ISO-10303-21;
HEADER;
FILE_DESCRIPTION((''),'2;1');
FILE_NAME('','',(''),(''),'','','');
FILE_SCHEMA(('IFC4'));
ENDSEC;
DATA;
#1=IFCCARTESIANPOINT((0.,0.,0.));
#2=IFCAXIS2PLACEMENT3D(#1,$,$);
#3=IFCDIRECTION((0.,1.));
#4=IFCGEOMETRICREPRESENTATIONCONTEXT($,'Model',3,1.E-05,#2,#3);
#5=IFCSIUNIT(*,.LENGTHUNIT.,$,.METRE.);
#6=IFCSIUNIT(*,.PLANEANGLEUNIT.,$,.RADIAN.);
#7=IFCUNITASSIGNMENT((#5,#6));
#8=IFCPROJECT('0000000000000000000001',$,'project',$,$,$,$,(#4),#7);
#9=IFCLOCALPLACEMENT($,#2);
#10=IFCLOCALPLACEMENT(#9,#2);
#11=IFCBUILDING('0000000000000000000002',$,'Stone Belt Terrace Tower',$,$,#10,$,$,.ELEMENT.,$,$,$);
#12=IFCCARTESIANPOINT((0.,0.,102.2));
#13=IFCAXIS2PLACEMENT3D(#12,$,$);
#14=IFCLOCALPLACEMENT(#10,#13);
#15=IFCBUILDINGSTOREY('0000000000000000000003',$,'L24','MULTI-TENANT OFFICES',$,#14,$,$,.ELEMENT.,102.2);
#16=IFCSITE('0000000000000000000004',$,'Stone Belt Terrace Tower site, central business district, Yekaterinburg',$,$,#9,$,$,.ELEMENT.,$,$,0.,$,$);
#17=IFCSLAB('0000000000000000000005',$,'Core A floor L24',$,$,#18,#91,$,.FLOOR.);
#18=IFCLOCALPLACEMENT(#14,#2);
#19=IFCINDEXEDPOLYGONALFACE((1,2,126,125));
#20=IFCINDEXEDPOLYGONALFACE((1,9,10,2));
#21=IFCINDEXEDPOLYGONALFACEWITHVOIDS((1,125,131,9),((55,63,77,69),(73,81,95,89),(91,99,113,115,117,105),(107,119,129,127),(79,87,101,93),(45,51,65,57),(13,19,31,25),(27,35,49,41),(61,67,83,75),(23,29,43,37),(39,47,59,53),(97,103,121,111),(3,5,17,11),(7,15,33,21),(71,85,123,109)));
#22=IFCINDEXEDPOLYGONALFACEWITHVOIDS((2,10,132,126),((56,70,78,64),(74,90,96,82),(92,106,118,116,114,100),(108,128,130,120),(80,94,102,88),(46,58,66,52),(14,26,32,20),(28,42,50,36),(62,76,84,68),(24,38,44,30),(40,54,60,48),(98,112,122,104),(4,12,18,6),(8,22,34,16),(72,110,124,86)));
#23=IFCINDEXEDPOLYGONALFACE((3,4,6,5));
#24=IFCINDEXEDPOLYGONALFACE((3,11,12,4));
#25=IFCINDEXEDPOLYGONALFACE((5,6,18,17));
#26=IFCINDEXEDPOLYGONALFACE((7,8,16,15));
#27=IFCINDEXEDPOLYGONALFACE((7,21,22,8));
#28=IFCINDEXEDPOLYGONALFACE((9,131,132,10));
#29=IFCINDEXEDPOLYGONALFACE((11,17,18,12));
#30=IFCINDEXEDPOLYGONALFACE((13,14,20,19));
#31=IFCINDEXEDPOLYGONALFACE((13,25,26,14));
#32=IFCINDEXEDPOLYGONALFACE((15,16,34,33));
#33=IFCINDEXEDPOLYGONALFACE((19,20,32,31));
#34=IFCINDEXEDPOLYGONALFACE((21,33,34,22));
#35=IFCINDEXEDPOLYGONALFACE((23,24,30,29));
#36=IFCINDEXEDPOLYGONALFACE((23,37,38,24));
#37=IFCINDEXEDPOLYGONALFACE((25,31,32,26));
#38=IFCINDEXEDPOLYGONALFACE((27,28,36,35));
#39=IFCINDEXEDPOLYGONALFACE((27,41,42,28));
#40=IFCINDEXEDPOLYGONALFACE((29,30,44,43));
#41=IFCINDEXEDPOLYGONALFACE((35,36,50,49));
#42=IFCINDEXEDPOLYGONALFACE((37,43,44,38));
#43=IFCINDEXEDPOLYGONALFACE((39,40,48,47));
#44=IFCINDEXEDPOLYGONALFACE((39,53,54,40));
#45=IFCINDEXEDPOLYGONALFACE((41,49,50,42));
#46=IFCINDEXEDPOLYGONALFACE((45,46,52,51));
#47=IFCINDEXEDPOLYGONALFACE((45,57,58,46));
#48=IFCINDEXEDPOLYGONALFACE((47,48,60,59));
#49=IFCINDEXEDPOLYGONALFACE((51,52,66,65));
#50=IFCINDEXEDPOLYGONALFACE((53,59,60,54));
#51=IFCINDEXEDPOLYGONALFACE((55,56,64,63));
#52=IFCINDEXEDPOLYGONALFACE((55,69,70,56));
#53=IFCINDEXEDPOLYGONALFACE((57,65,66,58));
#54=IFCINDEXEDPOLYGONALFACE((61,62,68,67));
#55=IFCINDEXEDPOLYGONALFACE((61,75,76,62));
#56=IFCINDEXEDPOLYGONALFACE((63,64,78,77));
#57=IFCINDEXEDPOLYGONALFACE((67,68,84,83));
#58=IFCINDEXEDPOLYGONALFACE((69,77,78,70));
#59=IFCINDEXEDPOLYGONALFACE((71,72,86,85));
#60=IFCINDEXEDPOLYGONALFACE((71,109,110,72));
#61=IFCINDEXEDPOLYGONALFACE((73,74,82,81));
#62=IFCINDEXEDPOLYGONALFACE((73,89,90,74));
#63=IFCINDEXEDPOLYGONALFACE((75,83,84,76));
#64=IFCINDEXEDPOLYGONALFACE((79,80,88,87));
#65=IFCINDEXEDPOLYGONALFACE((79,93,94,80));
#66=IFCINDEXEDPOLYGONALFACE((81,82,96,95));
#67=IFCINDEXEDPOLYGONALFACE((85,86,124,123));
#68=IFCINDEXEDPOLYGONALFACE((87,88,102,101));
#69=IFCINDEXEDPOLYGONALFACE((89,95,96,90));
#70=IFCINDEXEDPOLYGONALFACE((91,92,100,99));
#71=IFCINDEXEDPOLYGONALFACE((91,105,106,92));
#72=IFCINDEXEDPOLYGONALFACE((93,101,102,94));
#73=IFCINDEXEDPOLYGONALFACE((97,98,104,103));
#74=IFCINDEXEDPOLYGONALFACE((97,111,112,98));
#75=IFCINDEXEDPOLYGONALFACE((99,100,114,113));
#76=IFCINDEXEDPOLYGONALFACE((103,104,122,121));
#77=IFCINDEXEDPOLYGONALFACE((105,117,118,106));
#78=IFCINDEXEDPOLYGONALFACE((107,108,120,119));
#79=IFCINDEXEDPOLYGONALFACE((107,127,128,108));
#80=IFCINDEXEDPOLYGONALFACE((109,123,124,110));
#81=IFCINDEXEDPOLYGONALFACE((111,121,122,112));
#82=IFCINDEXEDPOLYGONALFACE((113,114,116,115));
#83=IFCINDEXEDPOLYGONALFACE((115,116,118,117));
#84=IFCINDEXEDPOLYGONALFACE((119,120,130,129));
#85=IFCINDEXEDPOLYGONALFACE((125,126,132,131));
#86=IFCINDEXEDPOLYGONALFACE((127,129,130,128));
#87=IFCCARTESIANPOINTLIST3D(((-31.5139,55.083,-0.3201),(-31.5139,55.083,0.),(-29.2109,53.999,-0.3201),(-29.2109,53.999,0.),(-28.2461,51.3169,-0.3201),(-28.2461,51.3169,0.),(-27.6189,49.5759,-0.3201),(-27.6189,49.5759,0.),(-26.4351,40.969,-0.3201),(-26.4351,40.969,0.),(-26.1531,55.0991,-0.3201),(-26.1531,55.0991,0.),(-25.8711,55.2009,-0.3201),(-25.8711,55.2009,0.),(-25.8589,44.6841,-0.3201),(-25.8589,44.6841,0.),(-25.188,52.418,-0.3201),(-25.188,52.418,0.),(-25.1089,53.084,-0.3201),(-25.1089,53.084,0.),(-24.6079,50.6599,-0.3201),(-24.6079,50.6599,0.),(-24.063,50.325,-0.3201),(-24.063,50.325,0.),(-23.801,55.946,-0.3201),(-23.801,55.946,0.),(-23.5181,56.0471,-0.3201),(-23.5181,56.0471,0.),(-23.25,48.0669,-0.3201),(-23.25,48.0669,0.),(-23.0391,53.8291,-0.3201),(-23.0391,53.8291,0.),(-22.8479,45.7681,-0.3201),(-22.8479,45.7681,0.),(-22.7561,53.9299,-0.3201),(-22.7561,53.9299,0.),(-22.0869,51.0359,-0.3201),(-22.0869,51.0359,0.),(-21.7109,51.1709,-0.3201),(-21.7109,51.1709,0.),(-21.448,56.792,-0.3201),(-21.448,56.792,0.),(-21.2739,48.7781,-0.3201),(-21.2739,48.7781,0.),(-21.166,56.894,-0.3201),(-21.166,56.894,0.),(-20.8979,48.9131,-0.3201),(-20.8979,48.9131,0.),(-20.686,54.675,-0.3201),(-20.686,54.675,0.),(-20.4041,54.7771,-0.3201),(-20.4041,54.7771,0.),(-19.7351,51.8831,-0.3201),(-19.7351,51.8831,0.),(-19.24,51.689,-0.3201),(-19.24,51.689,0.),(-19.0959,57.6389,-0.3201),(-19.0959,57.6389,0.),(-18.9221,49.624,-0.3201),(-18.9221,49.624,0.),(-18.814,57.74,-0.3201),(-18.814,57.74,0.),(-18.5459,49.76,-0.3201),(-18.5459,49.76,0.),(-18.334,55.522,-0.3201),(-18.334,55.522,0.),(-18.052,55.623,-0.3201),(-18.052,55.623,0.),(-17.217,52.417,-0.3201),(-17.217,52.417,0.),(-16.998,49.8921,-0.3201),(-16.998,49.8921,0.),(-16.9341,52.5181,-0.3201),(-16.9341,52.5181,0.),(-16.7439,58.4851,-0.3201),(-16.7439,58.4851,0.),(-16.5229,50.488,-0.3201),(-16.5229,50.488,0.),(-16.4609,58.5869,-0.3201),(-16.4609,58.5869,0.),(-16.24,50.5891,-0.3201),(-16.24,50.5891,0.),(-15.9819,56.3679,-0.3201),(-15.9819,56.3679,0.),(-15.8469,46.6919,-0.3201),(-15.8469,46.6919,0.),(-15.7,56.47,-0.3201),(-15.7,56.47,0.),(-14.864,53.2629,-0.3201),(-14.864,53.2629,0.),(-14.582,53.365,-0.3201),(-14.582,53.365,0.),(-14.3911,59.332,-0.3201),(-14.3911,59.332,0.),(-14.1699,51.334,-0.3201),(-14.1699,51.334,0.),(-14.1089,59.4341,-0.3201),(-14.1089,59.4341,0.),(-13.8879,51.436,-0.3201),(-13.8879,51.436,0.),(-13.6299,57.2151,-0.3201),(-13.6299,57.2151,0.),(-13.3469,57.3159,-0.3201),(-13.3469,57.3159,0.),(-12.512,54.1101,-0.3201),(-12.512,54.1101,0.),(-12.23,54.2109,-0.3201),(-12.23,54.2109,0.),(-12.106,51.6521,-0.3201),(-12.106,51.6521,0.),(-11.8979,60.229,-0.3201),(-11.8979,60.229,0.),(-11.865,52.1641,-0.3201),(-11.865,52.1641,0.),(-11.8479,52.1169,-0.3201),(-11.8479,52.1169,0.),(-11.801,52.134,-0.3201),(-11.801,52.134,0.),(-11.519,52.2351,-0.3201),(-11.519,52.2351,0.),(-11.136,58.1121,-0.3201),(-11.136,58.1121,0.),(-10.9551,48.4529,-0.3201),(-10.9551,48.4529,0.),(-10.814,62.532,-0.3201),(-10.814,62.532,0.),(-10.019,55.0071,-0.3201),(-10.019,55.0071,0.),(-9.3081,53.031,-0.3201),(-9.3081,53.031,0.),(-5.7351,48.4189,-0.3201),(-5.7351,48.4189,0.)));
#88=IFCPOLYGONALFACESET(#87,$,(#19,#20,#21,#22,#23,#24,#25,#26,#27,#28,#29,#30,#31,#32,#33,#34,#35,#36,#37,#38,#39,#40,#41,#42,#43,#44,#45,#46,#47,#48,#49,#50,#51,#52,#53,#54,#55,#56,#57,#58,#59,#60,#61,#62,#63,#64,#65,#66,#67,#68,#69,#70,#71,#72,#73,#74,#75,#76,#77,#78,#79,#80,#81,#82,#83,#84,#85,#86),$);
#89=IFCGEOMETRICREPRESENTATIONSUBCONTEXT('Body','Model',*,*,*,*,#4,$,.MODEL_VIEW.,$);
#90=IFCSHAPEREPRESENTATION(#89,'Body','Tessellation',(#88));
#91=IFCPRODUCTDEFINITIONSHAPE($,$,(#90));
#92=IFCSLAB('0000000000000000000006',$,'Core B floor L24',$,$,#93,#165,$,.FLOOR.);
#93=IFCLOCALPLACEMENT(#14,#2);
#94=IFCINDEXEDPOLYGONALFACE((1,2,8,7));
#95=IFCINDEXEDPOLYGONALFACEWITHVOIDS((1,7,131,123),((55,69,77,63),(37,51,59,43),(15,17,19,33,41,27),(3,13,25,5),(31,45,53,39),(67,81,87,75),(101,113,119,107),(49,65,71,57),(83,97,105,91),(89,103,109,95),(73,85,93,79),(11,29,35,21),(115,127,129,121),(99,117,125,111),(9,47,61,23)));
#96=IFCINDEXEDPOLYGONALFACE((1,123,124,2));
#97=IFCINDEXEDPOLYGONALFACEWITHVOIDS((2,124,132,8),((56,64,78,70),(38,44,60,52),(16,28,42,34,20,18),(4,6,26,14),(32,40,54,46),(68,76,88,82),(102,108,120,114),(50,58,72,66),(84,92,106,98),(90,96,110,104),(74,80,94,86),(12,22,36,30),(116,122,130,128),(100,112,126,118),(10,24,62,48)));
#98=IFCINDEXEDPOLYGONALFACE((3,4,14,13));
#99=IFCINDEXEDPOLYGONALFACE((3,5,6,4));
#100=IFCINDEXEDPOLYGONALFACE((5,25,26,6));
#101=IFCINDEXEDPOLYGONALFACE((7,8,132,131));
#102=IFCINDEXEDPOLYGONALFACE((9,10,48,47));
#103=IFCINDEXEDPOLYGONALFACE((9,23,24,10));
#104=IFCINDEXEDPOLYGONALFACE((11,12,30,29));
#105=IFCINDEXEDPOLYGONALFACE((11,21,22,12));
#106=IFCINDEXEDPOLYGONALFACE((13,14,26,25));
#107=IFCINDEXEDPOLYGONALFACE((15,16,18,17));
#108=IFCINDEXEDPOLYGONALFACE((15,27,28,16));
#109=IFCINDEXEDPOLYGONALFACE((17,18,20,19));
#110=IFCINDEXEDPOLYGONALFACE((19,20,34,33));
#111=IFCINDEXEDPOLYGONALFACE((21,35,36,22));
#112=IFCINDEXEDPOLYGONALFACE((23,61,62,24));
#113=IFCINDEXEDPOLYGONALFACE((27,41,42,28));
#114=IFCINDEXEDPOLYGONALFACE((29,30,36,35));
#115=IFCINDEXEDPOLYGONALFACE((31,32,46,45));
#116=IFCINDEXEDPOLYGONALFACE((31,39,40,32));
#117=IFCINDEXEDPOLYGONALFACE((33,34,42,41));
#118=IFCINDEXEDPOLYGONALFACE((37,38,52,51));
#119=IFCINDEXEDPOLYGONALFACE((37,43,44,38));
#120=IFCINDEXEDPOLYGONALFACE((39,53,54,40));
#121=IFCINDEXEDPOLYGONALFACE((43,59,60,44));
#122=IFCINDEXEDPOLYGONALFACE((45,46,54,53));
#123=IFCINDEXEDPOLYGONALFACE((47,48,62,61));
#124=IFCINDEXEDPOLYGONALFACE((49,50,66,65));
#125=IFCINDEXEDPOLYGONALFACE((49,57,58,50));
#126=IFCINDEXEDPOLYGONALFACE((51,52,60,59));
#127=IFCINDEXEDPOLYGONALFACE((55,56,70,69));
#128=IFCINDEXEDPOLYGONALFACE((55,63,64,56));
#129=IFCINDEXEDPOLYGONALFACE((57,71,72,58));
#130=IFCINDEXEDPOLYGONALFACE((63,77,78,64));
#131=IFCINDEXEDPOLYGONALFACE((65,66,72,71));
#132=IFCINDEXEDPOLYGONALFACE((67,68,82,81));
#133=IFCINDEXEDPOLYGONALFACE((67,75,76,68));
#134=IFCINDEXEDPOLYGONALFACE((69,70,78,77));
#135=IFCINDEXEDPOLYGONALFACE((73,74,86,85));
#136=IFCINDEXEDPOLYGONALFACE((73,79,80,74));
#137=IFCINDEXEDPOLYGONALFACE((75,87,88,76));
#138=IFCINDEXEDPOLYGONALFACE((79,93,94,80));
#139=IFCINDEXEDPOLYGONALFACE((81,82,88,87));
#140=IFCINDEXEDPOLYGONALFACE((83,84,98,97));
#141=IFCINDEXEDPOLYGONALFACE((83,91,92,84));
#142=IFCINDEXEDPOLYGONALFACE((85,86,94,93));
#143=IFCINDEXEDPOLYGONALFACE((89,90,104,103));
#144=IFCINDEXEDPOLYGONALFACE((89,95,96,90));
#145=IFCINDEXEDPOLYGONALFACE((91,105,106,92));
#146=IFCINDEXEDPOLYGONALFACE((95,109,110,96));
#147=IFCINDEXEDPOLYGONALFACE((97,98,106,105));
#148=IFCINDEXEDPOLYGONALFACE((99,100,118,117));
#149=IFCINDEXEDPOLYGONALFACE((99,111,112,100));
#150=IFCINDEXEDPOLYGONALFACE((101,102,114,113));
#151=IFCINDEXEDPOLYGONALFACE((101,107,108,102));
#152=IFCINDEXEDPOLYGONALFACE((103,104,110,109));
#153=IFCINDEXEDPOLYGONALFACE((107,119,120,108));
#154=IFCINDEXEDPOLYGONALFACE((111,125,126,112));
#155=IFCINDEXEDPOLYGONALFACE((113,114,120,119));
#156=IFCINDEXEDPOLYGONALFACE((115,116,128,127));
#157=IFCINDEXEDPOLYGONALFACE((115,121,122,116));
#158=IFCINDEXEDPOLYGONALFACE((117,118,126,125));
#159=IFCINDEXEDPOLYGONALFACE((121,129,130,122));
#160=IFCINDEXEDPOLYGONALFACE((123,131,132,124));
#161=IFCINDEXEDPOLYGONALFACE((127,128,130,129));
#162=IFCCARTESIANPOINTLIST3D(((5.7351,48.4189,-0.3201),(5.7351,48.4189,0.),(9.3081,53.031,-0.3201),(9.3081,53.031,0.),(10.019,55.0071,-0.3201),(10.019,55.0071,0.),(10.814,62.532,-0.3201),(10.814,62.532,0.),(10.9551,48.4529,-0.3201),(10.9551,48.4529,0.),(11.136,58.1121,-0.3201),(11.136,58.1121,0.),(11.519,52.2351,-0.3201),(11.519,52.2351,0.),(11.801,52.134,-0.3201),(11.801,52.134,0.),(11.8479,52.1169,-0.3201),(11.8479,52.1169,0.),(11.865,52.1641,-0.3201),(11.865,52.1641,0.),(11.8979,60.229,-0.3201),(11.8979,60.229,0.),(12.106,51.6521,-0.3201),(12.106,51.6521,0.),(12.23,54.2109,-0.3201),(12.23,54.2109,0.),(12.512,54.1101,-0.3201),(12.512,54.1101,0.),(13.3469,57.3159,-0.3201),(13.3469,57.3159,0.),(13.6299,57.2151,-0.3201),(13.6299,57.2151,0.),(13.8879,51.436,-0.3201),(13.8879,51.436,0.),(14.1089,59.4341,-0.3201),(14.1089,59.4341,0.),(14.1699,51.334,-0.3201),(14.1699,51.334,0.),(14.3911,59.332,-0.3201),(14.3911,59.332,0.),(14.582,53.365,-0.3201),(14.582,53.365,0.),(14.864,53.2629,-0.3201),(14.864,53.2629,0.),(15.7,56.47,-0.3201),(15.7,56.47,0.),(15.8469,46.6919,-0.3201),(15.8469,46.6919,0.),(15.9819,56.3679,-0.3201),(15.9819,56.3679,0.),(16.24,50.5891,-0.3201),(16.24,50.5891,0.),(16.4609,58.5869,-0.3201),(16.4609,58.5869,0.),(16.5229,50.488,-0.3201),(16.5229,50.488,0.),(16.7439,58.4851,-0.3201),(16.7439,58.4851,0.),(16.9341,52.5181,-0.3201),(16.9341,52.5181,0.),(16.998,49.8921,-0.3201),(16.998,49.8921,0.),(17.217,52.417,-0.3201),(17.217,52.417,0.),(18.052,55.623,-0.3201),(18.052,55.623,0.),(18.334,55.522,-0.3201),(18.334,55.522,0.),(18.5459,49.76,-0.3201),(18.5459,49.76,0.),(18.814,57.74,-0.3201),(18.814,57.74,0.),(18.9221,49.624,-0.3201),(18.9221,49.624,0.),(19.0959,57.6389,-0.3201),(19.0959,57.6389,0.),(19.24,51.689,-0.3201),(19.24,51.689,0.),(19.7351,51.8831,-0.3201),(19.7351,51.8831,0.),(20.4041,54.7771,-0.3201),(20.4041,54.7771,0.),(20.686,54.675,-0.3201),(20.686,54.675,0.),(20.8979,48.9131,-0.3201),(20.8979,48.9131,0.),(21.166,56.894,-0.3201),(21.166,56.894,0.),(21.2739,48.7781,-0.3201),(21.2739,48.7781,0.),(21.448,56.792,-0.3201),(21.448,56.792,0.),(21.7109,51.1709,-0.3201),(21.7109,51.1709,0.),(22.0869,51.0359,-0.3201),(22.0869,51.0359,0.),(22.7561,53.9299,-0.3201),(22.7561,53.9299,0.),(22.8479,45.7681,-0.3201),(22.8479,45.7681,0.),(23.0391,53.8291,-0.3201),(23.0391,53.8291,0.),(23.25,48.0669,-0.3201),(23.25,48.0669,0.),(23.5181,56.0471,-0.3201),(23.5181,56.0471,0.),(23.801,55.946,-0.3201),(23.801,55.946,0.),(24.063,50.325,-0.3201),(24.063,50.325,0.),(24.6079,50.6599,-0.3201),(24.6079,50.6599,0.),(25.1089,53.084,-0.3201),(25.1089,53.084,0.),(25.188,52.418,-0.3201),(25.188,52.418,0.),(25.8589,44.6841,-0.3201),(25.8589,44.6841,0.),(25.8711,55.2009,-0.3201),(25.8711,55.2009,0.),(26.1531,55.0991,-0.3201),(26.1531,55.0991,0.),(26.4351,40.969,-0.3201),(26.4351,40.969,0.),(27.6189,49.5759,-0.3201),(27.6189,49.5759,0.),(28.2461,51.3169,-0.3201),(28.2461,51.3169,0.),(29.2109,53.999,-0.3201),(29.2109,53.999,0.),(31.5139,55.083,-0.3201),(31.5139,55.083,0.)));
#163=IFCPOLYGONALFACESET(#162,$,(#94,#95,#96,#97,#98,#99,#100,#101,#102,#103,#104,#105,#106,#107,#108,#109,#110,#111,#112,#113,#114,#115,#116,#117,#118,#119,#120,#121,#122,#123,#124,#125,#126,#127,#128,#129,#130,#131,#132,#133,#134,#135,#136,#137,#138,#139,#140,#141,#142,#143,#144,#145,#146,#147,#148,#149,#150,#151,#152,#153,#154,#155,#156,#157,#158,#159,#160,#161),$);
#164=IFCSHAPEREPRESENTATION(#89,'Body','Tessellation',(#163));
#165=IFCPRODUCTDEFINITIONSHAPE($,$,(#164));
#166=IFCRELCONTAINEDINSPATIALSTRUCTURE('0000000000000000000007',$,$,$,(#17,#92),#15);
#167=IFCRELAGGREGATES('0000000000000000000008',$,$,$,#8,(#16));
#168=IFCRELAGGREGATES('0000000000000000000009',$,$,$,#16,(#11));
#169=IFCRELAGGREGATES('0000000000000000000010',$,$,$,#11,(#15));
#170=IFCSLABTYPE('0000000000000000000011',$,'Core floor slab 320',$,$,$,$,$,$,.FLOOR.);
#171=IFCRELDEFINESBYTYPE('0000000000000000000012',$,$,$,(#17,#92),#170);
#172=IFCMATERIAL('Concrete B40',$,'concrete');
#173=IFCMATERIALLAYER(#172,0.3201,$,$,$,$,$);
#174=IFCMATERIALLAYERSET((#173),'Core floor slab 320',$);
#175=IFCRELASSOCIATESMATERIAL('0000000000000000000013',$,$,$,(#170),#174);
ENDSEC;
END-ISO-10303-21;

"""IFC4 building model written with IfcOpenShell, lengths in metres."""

from ifc_helpers import new_model, si_unit, direction, frame, origin, place, context, subcontext, project, spatial, polyline, outline, extrude, material, layer, layer_set, type_object, element, save


model = new_model("IFC4")

# Units and contexts
model_context = context("Model", 3, precision=1e-05, world=origin(), true_north=direction((0.0, 1.0)))
body_context = subcontext(model_context, "Body", "Model", "MODEL_VIEW")
ifc_project = project(units=[si_unit("LENGTHUNIT", "METRE"), si_unit("PLANEANGLEUNIT", "RADIAN")], contexts=[model_context])

# Site, building, storey
site_placement = place(None, origin())
site = spatial("IfcSite", under=ifc_project, at=site_placement, Name="Stone Belt Terrace Tower site, central business district, Yekaterinburg", CompositionType="ELEMENT", RefElevation=0.0)
building_placement = place(site_placement, origin())
building = spatial("IfcBuilding", under=site, at=building_placement, Name="Stone Belt Terrace Tower", CompositionType="ELEMENT")
storey_placement = place(building_placement, frame((0.0, 0.0, 102.2)))
storey = spatial("IfcBuildingStorey", under=building, at=storey_placement, Name="L24", Description="MULTI-TENANT OFFICES", CompositionType="ELEMENT", Elevation=102.2)

# Slabs
ifc_material_1 = material(Name="Concrete B40", Category="concrete")
ifc_layer_1 = layer(ifc_material_1, 0.3201)
ifc_layer_set_1 = layer_set([ifc_layer_1], Name="Core floor slab 320")
slab_type = type_object("IfcSlabType", Name="Core floor slab 320", PredefinedType="FLOOR", material=ifc_layer_set_1)
slab_1_placement = place(storey_placement, frame((0.0, 0.0, -0.3201)))
element("IfcSlab", 1, at=slab_1_placement, inside=storey, type_object=slab_type, Name="Core A floor L24", PredefinedType="FLOOR", context=body_context, shape_type="SweptSolid", body=[
    extrude(outline(polyline([(-26.4351, 40.969), (-5.7351, 48.4189), (-10.814, 62.532), (-31.5139, 55.083), (-26.4351, 40.969)]), holes=[polyline([(-24.6079, 50.6599), (-22.8479, 45.7681), (-25.8589, 44.6841), (-27.6189, 49.5759), (-24.6079, 50.6599)]), polyline([(-21.2739, 48.7781), (-23.25, 48.0669), (-24.063, 50.325), (-22.0869, 51.0359), (-21.2739, 48.7781)]), polyline([(-18.9221, 49.624), (-20.8979, 48.9131), (-21.7109, 51.1709), (-19.7351, 51.8831), (-18.9221, 49.624)]), polyline([(-19.24, 51.689), (-17.217, 52.417), (-16.5229, 50.488), (-18.5459, 49.76), (-19.24, 51.689)]), polyline([(-29.2109, 53.999), (-26.1531, 55.0991), (-25.188, 52.418), (-28.2461, 51.3169), (-29.2109, 53.999)]), polyline([(-23.801, 55.946), (-23.0391, 53.8291), (-25.1089, 53.084), (-25.8711, 55.2009), (-23.801, 55.946)]), polyline([(-21.448, 56.792), (-20.686, 54.675), (-22.7561, 53.9299), (-23.5181, 56.0471), (-21.448, 56.792)]), polyline([(-19.0959, 57.6389), (-18.334, 55.522), (-20.4041, 54.7771), (-21.166, 56.894), (-19.0959, 57.6389)]), polyline([(-15.8469, 46.6919), (-16.998, 49.8921), (-12.106, 51.6521), (-10.9551, 48.4529), (-15.8469, 46.6919)]), polyline([(-16.24, 50.5891), (-16.9341, 52.5181), (-14.864, 53.2629), (-14.1699, 51.334), (-16.24, 50.5891)]), polyline([(-11.801, 52.134), (-11.8479, 52.1169), (-11.865, 52.1641), (-13.8879, 51.436), (-14.582, 53.365), (-12.512, 54.1101), (-11.801, 52.134)]), polyline([(-9.3081, 53.031), (-11.519, 52.2351), (-12.23, 54.2109), (-10.019, 55.0071), (-9.3081, 53.031)]), polyline([(-16.7439, 58.4851), (-15.9819, 56.3679), (-18.052, 55.623), (-18.814, 57.74), (-16.7439, 58.4851)]), polyline([(-14.3911, 59.332), (-13.6299, 57.2151), (-15.7, 56.47), (-16.4609, 58.5869), (-14.3911, 59.332)]), polyline([(-11.8979, 60.229), (-11.136, 58.1121), (-13.3469, 57.3159), (-14.1089, 59.4341), (-11.8979, 60.229)])]), origin(), (0.0, 0.0, 1.0), 0.3201),
])
slab_2_placement = place(storey_placement, frame((0.0, 0.0, -0.3201)))
element("IfcSlab", 2, at=slab_2_placement, inside=storey, type_object=slab_type, Name="Core B floor L24", PredefinedType="FLOOR", context=body_context, shape_type="SweptSolid", body=[
    extrude(outline(polyline([(26.4351, 40.969), (31.5139, 55.083), (10.814, 62.532), (5.7351, 48.4189), (26.4351, 40.969)]), holes=[polyline([(12.106, 51.6521), (16.998, 49.8921), (15.8469, 46.6919), (10.9551, 48.4529), (12.106, 51.6521)]), polyline([(19.24, 51.689), (18.5459, 49.76), (16.5229, 50.488), (17.217, 52.417), (19.24, 51.689)]), polyline([(16.24, 50.5891), (14.1699, 51.334), (14.864, 53.2629), (16.9341, 52.5181), (16.24, 50.5891)]), polyline([(14.582, 53.365), (13.8879, 51.436), (11.865, 52.1641), (11.8479, 52.1169), (11.801, 52.134), (12.512, 54.1101), (14.582, 53.365)]), polyline([(9.3081, 53.031), (10.019, 55.0071), (12.23, 54.2109), (11.519, 52.2351), (9.3081, 53.031)]), polyline([(16.7439, 58.4851), (18.814, 57.74), (18.052, 55.623), (15.9819, 56.3679), (16.7439, 58.4851)]), polyline([(14.3911, 59.332), (16.4609, 58.5869), (15.7, 56.47), (13.6299, 57.2151), (14.3911, 59.332)]), polyline([(11.8979, 60.229), (14.1089, 59.4341), (13.3469, 57.3159), (11.136, 58.1121), (11.8979, 60.229)]), polyline([(25.8589, 44.6841), (22.8479, 45.7681), (24.6079, 50.6599), (27.6189, 49.5759), (25.8589, 44.6841)]), polyline([(21.2739, 48.7781), (22.0869, 51.0359), (24.063, 50.325), (23.25, 48.0669), (21.2739, 48.7781)]), polyline([(18.9221, 49.624), (19.7351, 51.8831), (21.7109, 51.1709), (20.8979, 48.9131), (18.9221, 49.624)]), polyline([(29.2109, 53.999), (28.2461, 51.3169), (25.188, 52.418), (26.1531, 55.0991), (29.2109, 53.999)]), polyline([(23.801, 55.946), (25.8711, 55.2009), (25.1089, 53.084), (23.0391, 53.8291), (23.801, 55.946)]), polyline([(21.448, 56.792), (23.5181, 56.0471), (22.7561, 53.9299), (20.686, 54.675), (21.448, 56.792)]), polyline([(19.0959, 57.6389), (21.166, 56.894), (20.4041, 54.7771), (18.334, 55.522), (19.0959, 57.6389)])]), origin(), (0.0, 0.0, 1.0), 0.3201),
])

save(model, "model.ifc")
